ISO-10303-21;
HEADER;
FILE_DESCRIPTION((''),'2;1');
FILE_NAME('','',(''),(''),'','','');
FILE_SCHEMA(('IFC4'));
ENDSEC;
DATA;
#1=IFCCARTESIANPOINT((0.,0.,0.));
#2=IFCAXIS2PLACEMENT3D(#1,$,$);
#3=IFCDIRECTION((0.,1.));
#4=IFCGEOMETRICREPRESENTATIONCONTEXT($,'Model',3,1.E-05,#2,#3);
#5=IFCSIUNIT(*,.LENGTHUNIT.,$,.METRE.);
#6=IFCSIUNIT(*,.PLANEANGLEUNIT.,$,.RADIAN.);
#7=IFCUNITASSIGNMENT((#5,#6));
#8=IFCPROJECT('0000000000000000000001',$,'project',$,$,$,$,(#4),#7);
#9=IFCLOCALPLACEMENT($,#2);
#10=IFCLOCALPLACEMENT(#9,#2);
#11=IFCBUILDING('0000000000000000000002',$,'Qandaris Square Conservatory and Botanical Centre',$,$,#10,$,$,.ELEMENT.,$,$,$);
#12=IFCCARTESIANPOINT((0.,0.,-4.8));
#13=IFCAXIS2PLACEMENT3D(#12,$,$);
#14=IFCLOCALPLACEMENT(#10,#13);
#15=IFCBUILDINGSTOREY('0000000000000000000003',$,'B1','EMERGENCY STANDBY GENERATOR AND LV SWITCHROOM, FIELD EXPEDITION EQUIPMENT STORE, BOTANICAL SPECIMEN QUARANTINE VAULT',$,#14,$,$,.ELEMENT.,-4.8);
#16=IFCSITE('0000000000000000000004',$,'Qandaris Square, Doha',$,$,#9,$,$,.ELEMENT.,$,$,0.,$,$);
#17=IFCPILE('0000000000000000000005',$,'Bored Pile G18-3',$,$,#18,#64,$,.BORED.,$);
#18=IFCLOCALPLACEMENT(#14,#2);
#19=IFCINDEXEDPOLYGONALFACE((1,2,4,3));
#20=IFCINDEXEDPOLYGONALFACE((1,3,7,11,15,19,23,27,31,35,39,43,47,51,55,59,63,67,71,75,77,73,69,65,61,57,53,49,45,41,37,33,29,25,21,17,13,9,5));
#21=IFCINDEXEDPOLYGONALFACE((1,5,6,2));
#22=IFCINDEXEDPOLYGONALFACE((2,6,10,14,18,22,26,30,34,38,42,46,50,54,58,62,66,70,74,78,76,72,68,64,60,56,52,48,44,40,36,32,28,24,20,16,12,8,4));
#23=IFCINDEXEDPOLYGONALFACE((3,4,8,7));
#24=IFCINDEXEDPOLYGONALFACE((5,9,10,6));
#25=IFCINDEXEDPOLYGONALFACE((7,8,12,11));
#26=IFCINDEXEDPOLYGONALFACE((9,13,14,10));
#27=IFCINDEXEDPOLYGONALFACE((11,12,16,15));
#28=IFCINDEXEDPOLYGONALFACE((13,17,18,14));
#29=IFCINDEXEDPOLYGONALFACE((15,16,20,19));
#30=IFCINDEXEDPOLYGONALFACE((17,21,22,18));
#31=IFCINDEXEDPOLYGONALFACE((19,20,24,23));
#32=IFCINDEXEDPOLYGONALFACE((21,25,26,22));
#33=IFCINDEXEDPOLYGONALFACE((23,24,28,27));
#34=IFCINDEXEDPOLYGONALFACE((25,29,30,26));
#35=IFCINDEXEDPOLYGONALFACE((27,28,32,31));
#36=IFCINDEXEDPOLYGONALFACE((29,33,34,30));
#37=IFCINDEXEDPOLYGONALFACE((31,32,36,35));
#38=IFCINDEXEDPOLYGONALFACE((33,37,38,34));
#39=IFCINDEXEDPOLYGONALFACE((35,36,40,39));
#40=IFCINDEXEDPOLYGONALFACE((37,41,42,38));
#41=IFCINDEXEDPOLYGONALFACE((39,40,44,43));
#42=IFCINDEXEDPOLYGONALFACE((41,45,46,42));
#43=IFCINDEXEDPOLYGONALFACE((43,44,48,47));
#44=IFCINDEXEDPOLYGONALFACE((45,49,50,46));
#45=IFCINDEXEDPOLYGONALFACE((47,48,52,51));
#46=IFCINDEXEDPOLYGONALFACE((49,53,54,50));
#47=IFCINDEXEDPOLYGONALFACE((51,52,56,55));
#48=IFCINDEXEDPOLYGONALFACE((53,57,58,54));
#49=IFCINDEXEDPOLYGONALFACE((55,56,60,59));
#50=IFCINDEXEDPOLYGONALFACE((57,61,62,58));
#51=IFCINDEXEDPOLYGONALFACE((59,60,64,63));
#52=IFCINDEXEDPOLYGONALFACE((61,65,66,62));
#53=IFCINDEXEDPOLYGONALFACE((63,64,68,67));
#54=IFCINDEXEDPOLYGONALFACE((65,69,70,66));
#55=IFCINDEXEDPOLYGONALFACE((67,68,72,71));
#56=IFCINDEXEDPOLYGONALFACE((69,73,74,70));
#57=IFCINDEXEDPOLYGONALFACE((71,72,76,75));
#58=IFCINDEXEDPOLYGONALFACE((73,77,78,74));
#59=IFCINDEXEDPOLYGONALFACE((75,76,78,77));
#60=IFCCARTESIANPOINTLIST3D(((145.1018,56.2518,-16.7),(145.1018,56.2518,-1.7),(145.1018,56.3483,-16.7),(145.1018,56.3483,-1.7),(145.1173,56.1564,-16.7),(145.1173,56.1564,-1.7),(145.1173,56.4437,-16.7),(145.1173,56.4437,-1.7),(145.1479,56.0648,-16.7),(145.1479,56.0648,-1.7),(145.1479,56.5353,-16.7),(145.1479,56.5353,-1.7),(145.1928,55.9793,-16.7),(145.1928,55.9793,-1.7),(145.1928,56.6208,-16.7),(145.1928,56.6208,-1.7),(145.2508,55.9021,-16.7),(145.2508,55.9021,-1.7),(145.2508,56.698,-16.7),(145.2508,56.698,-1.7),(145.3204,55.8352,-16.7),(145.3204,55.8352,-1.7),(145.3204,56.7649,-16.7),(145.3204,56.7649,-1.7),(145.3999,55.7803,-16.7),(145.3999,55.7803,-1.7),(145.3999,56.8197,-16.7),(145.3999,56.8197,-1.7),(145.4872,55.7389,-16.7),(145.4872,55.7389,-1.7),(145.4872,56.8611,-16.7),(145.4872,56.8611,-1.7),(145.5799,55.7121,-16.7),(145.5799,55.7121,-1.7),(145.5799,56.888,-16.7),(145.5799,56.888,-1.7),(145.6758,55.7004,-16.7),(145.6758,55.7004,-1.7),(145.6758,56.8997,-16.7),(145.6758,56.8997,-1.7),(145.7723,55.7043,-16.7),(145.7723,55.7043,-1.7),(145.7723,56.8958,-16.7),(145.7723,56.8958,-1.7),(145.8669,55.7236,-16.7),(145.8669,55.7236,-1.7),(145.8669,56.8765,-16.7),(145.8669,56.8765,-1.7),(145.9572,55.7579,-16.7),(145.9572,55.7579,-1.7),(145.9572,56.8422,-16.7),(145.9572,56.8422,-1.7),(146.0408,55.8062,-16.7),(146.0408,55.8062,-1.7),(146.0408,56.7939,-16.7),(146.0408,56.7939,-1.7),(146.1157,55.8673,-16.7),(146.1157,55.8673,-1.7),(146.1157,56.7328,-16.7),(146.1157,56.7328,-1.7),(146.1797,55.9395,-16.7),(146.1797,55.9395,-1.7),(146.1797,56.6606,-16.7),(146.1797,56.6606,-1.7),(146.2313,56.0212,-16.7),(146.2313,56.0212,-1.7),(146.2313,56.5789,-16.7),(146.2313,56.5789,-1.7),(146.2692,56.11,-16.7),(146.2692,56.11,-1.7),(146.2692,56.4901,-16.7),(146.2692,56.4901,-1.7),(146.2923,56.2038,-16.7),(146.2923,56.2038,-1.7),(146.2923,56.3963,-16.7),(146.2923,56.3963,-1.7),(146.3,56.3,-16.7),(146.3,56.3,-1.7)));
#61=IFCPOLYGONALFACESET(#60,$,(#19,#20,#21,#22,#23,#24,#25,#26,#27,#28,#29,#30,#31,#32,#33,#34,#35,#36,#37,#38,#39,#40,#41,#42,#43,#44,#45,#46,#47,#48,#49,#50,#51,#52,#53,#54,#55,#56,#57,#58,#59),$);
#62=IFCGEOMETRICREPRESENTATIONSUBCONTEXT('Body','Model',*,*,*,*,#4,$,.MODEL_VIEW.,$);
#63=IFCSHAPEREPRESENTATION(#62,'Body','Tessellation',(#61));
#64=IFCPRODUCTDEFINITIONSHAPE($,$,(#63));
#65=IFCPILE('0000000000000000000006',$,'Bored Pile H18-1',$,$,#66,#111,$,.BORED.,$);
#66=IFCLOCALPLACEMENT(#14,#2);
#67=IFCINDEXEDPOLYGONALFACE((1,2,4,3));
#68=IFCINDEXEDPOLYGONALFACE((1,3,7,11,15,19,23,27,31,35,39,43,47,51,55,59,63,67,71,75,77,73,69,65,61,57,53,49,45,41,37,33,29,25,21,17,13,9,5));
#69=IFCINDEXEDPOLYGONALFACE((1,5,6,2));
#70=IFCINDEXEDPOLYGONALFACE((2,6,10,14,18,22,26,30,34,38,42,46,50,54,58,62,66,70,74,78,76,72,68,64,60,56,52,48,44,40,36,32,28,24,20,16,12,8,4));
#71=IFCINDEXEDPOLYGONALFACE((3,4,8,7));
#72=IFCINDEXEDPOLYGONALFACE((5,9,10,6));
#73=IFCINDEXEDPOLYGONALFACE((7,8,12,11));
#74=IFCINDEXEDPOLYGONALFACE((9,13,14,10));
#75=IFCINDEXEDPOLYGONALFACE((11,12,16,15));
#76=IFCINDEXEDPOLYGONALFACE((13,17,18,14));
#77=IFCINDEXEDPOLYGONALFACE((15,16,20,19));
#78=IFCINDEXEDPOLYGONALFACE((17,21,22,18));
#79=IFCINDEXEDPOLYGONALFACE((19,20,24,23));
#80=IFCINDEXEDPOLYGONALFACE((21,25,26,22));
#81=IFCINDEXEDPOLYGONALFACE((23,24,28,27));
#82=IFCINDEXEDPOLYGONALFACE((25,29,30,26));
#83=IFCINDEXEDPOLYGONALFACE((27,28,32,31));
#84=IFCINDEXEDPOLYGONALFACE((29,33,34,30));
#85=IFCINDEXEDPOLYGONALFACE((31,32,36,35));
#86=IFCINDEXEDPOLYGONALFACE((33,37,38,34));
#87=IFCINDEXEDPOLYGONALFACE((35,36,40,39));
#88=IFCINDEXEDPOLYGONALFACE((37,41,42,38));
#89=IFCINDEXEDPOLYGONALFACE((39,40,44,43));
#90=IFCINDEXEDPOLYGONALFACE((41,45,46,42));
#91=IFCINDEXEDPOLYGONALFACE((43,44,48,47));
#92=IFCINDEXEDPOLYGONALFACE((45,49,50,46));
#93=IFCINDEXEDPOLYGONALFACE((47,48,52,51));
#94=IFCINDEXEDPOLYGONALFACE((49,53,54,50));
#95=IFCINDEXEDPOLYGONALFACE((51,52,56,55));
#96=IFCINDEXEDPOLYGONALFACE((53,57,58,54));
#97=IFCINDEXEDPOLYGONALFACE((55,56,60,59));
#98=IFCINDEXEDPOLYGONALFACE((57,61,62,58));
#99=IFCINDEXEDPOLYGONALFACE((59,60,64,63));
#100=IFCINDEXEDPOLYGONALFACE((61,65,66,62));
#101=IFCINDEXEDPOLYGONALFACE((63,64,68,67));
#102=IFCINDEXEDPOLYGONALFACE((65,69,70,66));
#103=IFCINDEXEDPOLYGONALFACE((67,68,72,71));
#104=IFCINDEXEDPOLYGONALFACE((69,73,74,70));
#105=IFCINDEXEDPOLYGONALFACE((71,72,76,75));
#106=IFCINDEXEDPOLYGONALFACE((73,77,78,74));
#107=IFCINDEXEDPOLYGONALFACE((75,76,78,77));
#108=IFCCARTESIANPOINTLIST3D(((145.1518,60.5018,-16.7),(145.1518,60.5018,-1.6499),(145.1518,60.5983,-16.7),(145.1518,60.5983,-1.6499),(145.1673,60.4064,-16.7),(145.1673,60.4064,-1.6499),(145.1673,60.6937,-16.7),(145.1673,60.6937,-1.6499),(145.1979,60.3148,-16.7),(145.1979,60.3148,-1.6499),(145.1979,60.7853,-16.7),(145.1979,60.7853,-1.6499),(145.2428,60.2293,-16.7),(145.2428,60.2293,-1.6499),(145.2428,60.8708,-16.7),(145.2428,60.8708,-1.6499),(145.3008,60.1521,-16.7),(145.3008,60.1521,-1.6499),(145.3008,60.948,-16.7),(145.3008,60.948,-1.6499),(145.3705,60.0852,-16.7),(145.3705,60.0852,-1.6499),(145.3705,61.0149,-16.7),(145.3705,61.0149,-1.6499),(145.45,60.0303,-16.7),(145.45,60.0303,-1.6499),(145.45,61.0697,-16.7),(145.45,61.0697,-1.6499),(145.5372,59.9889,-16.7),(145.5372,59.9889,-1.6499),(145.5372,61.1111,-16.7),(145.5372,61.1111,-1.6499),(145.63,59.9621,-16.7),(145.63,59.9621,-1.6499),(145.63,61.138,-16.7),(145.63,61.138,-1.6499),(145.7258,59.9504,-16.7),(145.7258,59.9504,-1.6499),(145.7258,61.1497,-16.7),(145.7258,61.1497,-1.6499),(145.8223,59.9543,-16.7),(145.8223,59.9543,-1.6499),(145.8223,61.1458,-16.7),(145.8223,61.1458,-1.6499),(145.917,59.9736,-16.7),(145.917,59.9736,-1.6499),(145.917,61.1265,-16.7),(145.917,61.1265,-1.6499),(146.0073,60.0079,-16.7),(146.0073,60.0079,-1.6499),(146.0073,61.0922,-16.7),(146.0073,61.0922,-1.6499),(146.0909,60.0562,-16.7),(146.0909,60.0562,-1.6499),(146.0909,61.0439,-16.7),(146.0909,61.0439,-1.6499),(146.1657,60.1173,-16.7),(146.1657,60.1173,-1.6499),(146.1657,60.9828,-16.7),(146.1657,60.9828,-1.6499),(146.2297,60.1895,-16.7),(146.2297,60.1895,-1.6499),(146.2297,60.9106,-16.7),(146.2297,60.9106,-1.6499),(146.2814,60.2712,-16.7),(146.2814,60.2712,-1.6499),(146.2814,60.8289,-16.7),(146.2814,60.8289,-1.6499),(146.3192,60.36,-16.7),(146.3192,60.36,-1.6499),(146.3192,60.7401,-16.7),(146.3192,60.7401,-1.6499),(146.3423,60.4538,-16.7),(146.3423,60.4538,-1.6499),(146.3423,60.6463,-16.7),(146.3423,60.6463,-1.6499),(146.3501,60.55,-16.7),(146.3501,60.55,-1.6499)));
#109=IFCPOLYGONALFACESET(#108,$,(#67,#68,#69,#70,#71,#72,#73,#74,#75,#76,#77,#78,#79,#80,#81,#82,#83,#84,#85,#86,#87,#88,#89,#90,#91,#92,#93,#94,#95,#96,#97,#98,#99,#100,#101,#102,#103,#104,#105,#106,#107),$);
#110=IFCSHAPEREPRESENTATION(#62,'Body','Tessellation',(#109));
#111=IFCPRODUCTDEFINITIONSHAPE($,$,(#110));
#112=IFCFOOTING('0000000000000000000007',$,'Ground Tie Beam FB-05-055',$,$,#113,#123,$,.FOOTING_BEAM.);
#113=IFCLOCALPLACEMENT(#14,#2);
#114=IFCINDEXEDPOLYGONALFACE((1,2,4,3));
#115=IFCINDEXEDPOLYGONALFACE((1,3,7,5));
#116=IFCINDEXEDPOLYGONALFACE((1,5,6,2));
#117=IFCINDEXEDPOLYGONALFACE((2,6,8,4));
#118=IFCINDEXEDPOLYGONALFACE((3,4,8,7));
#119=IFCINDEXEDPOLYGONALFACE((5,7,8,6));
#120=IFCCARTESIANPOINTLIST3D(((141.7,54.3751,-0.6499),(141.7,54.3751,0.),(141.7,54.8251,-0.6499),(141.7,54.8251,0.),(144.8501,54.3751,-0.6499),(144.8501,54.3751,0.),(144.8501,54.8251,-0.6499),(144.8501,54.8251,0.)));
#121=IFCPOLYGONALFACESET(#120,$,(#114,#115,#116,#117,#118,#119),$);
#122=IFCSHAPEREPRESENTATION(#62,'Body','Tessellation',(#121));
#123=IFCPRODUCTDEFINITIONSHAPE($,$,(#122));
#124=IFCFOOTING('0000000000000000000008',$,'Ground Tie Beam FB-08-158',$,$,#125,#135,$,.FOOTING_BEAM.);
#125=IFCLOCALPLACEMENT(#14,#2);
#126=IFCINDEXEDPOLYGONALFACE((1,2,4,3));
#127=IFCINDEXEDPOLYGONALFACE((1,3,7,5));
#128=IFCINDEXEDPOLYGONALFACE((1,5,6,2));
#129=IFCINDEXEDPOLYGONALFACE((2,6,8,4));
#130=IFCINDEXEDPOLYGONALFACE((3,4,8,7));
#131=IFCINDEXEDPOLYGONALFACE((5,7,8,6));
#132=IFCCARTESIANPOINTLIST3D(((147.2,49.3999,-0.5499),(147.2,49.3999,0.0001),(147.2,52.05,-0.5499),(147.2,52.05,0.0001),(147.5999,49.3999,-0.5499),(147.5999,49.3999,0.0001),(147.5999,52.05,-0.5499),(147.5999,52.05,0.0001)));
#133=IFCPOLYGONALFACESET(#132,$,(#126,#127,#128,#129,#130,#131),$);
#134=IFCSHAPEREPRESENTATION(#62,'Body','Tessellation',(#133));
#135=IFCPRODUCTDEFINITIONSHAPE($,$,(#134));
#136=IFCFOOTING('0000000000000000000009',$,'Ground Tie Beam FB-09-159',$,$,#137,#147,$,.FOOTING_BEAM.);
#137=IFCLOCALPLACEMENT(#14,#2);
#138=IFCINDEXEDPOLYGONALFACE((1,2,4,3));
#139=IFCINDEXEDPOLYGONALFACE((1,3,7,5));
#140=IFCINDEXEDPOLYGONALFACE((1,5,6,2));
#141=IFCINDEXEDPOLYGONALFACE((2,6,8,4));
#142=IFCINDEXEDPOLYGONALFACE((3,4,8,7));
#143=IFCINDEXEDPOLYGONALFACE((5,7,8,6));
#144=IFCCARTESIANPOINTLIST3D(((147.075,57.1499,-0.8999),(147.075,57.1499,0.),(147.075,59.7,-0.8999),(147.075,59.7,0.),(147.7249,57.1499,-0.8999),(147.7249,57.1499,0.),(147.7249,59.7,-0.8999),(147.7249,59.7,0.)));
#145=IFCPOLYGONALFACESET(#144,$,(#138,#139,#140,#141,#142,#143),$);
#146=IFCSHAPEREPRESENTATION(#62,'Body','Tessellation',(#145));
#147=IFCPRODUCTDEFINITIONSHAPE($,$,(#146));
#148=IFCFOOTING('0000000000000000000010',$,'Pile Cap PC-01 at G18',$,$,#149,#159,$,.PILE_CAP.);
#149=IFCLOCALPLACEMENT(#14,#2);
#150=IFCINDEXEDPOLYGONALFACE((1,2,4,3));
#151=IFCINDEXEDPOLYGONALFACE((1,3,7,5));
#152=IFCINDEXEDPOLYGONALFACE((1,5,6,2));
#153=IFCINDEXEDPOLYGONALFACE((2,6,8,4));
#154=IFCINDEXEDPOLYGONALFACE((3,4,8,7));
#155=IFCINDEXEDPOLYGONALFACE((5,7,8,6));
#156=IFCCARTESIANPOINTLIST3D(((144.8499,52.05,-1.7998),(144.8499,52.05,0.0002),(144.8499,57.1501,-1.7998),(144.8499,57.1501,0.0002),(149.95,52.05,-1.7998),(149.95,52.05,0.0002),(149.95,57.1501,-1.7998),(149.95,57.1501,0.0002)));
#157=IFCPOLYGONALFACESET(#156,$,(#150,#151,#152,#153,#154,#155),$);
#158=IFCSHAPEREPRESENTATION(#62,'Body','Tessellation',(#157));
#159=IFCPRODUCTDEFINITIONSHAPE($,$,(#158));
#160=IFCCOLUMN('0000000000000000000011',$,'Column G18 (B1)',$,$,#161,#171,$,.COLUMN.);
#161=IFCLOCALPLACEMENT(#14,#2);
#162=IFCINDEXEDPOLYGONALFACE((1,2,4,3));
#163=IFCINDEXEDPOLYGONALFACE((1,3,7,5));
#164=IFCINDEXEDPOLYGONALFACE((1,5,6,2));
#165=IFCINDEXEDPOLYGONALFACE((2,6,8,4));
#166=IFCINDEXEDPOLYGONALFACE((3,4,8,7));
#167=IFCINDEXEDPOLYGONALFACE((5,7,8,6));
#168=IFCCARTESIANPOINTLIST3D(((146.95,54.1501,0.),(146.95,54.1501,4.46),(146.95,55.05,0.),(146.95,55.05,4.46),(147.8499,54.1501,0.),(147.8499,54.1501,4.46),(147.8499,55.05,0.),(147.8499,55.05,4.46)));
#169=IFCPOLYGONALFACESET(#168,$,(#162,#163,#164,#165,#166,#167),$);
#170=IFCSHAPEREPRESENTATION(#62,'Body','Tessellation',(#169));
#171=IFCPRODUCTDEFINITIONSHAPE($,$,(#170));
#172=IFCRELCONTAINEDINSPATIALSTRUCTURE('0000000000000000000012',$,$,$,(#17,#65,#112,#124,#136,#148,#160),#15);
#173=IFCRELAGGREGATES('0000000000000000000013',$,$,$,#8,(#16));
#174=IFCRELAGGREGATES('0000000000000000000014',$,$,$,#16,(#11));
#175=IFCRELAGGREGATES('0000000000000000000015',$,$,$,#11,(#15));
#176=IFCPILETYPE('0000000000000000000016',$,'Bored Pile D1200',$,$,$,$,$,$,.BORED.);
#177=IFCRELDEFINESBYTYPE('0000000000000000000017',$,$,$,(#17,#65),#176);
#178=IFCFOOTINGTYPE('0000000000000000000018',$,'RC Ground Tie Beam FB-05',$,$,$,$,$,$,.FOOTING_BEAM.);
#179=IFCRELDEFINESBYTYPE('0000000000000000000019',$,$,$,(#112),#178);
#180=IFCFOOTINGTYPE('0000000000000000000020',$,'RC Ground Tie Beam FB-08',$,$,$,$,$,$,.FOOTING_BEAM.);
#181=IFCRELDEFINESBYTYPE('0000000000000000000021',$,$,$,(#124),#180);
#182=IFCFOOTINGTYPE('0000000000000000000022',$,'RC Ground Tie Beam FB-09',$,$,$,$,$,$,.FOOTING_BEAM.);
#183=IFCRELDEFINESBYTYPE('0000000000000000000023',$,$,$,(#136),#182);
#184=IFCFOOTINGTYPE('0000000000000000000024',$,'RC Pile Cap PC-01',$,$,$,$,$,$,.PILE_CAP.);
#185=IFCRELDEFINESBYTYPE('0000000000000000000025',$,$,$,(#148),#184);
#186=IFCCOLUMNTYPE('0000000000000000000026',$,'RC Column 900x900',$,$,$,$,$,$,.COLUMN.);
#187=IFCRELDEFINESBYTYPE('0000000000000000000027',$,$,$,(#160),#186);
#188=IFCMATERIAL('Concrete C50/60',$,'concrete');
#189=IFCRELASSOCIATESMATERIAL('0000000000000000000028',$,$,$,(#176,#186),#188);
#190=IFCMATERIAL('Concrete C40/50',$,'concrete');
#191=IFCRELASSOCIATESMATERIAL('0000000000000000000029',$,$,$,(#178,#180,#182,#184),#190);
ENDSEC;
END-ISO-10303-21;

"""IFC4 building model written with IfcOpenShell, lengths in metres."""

from ifc_helpers import new_model, si_unit, direction, frame, origin, origin_2d, place, context, subcontext, project, spatial, rectangle, circle, extrude, material, material_profile, profile_set, type_object, element, save


model = new_model("IFC4")

# Units and contexts
model_context = context("Model", 3, precision=1e-05, world=origin(), true_north=direction((0.0, 1.0)))
body_context = subcontext(model_context, "Body", "Model", "MODEL_VIEW")
ifc_project = project(units=[si_unit("LENGTHUNIT", "METRE"), si_unit("PLANEANGLEUNIT", "RADIAN")], contexts=[model_context])

# Site, building, storey
site_placement = place(None, origin())
site = spatial("IfcSite", under=ifc_project, at=site_placement, Name="Qandaris Square, Doha", CompositionType="ELEMENT", RefElevation=0.0)
building_placement = place(site_placement, origin())
building = spatial("IfcBuilding", under=site, at=building_placement, Name="Qandaris Square Conservatory and Botanical Centre", CompositionType="ELEMENT")
storey_placement = place(building_placement, frame((0.0, 0.0, -4.8)))
storey = spatial("IfcBuildingStorey", under=building, at=storey_placement, Name="B1", Description="EMERGENCY STANDBY GENERATOR AND LV SWITCHROOM, FIELD EXPEDITION EQUIPMENT STORE, BOTANICAL SPECIMEN QUARANTINE VAULT", CompositionType="ELEMENT", Elevation=-4.8)

# Piles
ifc_material_1 = material(Name="Concrete C50/60", Category="concrete")
ifc_material_profile_1 = material_profile(ifc_material_1, circle(Radius=0.6001, at=origin_2d()), Name="PILE D1200")
ifc_profile_set_1 = profile_set([ifc_material_profile_1], Name="Concrete C50/60")
pile_type = type_object("IfcPileType", Name="Bored Pile D1200", PredefinedType="BORED", material=ifc_profile_set_1)
for number, where, z_axis, x_axis, name in (
    (1, (145.7, 56.3, -1.7), (0.0, 0.0, -1.0), (1.0, 0.0, 0.0), "Bored Pile G18-3"),
):
    element("IfcPile", number, at=place(storey_placement, frame(where, z_axis=z_axis, x_axis=x_axis)), inside=storey, type_object=pile_type, Name=name, PredefinedType="BORED", context=body_context, shape_type="SweptSolid", body=[
        extrude(circle(Radius=0.6001, at=origin_2d()), origin(), (0.0, 0.0, 1.0), 15.0),
    ])
pile_1_placement = place(storey_placement, frame((145.75, 60.55, -1.6499), z_axis=(0.0, 0.0, -1.0), x_axis=(1.0, 0.0, 0.0)))
element("IfcPile", 2, at=pile_1_placement, inside=storey, type_object=pile_type, Name="Bored Pile H18-1", PredefinedType="BORED", context=body_context, shape_type="SweptSolid", body=[
    extrude(circle(Radius=0.6001, at=origin_2d()), origin(), (0.0, 0.0, 1.0), 15.05),
])

# Footings
ifc_material_2 = material(Name="Concrete C40/50", Category="concrete")
ifc_material_profile_2 = material_profile(ifc_material_2, rectangle(XDim=0.45, YDim=0.6499, at=origin_2d()), Name="FB 450x650")
ifc_profile_set_2 = profile_set([ifc_material_profile_2], Name="Concrete C40/50")
footing_type_1 = type_object("IfcFootingType", Name="RC Ground Tie Beam FB-05", PredefinedType="FOOTING_BEAM", material=ifc_profile_set_2)
footing_1_placement = place(storey_placement, frame((141.7, 54.6001, -0.325), z_axis=(1.0, 0.0, 0.0), x_axis=(0.0, 1.0, 0.0)))
element("IfcFooting", 3, at=footing_1_placement, inside=storey, type_object=footing_type_1, Name="Ground Tie Beam FB-05-055", PredefinedType="FOOTING_BEAM", context=body_context, shape_type="SweptSolid", body=[
    extrude(rectangle(XDim=0.45, YDim=0.6499, at=origin_2d()), origin(), (0.0, 0.0, 1.0), 3.1501),
])
ifc_material_profile_3 = material_profile(ifc_material_2, rectangle(XDim=0.3999, YDim=0.55, at=origin_2d()), Name="FB 400x550")
ifc_profile_set_3 = profile_set([ifc_material_profile_3], Name="Concrete C40/50")
footing_type_2 = type_object("IfcFootingType", Name="RC Ground Tie Beam FB-08", PredefinedType="FOOTING_BEAM", material=ifc_profile_set_3)
footing_2_placement = place(storey_placement, frame((147.3999, 49.3999, -0.2749), z_axis=(0.0, 1.0, 0.0), x_axis=(-1.0, 0.0, 0.0)))
element("IfcFooting", 4, at=footing_2_placement, inside=storey, type_object=footing_type_2, Name="Ground Tie Beam FB-08-158", PredefinedType="FOOTING_BEAM", context=body_context, shape_type="SweptSolid", body=[
    extrude(rectangle(XDim=0.3999, YDim=0.55, at=origin_2d()), origin(), (0.0, 0.0, 1.0), 2.6501),
])
ifc_material_profile_4 = material_profile(ifc_material_2, rectangle(XDim=0.6499, YDim=0.8999, at=origin_2d()), Name="FB 650x900")
ifc_profile_set_4 = profile_set([ifc_material_profile_4], Name="Concrete C40/50")
footing_type_3 = type_object("IfcFootingType", Name="RC Ground Tie Beam FB-09", PredefinedType="FOOTING_BEAM", material=ifc_profile_set_4)
footing_3_placement = place(storey_placement, frame((147.3999, 57.1499, -0.45), z_axis=(0.0, 1.0, 0.0), x_axis=(-1.0, 0.0, 0.0)))
element("IfcFooting", 5, at=footing_3_placement, inside=storey, type_object=footing_type_3, Name="Ground Tie Beam FB-09-159", PredefinedType="FOOTING_BEAM", context=body_context, shape_type="SweptSolid", body=[
    extrude(rectangle(XDim=0.6499, YDim=0.8999, at=origin_2d()), origin(), (0.0, 0.0, 1.0), 2.55),
])
footing_type_4 = type_object("IfcFootingType", Name="RC Pile Cap PC-01", PredefinedType="PILE_CAP", material=ifc_material_2)
footing_4_placement = place(storey_placement, frame((147.3999, 54.6001, -1.7998), z_axis=(0.0, 0.0, 1.0), x_axis=(1.0, 0.0, 0.0)))
element("IfcFooting", 6, at=footing_4_placement, inside=storey, type_object=footing_type_4, Name="Pile Cap PC-01 at G18", PredefinedType="PILE_CAP", context=body_context, shape_type="SweptSolid", body=[
    extrude(rectangle(XDim=5.1001, YDim=5.1001, at=origin_2d()), origin(), (0.0, 0.0, 1.0), 1.8),
])

# Column
ifc_material_profile_5 = material_profile(ifc_material_1, rectangle(XDim=0.8999, YDim=0.8999, at=origin_2d()), Name="RC-COL 900x900")
ifc_profile_set_5 = profile_set([ifc_material_profile_5], Name="Concrete C50/60")
column_type = type_object("IfcColumnType", Name="RC Column 900x900", PredefinedType="COLUMN", material=ifc_profile_set_5)
column_placement = place(storey_placement, frame((147.3999, 54.6001, 0.0), z_axis=(0.0, 0.0, 1.0), x_axis=(1.0, 0.0, 0.0)))
element("IfcColumn", 7, at=column_placement, inside=storey, type_object=column_type, Name="Column G18 (B1)", PredefinedType="COLUMN", context=body_context, shape_type="SweptSolid", body=[
    extrude(rectangle(XDim=0.8999, YDim=0.8999, at=origin_2d()), origin(), (0.0, 0.0, 1.0), 4.46),
])

save(model, "model.ifc")
